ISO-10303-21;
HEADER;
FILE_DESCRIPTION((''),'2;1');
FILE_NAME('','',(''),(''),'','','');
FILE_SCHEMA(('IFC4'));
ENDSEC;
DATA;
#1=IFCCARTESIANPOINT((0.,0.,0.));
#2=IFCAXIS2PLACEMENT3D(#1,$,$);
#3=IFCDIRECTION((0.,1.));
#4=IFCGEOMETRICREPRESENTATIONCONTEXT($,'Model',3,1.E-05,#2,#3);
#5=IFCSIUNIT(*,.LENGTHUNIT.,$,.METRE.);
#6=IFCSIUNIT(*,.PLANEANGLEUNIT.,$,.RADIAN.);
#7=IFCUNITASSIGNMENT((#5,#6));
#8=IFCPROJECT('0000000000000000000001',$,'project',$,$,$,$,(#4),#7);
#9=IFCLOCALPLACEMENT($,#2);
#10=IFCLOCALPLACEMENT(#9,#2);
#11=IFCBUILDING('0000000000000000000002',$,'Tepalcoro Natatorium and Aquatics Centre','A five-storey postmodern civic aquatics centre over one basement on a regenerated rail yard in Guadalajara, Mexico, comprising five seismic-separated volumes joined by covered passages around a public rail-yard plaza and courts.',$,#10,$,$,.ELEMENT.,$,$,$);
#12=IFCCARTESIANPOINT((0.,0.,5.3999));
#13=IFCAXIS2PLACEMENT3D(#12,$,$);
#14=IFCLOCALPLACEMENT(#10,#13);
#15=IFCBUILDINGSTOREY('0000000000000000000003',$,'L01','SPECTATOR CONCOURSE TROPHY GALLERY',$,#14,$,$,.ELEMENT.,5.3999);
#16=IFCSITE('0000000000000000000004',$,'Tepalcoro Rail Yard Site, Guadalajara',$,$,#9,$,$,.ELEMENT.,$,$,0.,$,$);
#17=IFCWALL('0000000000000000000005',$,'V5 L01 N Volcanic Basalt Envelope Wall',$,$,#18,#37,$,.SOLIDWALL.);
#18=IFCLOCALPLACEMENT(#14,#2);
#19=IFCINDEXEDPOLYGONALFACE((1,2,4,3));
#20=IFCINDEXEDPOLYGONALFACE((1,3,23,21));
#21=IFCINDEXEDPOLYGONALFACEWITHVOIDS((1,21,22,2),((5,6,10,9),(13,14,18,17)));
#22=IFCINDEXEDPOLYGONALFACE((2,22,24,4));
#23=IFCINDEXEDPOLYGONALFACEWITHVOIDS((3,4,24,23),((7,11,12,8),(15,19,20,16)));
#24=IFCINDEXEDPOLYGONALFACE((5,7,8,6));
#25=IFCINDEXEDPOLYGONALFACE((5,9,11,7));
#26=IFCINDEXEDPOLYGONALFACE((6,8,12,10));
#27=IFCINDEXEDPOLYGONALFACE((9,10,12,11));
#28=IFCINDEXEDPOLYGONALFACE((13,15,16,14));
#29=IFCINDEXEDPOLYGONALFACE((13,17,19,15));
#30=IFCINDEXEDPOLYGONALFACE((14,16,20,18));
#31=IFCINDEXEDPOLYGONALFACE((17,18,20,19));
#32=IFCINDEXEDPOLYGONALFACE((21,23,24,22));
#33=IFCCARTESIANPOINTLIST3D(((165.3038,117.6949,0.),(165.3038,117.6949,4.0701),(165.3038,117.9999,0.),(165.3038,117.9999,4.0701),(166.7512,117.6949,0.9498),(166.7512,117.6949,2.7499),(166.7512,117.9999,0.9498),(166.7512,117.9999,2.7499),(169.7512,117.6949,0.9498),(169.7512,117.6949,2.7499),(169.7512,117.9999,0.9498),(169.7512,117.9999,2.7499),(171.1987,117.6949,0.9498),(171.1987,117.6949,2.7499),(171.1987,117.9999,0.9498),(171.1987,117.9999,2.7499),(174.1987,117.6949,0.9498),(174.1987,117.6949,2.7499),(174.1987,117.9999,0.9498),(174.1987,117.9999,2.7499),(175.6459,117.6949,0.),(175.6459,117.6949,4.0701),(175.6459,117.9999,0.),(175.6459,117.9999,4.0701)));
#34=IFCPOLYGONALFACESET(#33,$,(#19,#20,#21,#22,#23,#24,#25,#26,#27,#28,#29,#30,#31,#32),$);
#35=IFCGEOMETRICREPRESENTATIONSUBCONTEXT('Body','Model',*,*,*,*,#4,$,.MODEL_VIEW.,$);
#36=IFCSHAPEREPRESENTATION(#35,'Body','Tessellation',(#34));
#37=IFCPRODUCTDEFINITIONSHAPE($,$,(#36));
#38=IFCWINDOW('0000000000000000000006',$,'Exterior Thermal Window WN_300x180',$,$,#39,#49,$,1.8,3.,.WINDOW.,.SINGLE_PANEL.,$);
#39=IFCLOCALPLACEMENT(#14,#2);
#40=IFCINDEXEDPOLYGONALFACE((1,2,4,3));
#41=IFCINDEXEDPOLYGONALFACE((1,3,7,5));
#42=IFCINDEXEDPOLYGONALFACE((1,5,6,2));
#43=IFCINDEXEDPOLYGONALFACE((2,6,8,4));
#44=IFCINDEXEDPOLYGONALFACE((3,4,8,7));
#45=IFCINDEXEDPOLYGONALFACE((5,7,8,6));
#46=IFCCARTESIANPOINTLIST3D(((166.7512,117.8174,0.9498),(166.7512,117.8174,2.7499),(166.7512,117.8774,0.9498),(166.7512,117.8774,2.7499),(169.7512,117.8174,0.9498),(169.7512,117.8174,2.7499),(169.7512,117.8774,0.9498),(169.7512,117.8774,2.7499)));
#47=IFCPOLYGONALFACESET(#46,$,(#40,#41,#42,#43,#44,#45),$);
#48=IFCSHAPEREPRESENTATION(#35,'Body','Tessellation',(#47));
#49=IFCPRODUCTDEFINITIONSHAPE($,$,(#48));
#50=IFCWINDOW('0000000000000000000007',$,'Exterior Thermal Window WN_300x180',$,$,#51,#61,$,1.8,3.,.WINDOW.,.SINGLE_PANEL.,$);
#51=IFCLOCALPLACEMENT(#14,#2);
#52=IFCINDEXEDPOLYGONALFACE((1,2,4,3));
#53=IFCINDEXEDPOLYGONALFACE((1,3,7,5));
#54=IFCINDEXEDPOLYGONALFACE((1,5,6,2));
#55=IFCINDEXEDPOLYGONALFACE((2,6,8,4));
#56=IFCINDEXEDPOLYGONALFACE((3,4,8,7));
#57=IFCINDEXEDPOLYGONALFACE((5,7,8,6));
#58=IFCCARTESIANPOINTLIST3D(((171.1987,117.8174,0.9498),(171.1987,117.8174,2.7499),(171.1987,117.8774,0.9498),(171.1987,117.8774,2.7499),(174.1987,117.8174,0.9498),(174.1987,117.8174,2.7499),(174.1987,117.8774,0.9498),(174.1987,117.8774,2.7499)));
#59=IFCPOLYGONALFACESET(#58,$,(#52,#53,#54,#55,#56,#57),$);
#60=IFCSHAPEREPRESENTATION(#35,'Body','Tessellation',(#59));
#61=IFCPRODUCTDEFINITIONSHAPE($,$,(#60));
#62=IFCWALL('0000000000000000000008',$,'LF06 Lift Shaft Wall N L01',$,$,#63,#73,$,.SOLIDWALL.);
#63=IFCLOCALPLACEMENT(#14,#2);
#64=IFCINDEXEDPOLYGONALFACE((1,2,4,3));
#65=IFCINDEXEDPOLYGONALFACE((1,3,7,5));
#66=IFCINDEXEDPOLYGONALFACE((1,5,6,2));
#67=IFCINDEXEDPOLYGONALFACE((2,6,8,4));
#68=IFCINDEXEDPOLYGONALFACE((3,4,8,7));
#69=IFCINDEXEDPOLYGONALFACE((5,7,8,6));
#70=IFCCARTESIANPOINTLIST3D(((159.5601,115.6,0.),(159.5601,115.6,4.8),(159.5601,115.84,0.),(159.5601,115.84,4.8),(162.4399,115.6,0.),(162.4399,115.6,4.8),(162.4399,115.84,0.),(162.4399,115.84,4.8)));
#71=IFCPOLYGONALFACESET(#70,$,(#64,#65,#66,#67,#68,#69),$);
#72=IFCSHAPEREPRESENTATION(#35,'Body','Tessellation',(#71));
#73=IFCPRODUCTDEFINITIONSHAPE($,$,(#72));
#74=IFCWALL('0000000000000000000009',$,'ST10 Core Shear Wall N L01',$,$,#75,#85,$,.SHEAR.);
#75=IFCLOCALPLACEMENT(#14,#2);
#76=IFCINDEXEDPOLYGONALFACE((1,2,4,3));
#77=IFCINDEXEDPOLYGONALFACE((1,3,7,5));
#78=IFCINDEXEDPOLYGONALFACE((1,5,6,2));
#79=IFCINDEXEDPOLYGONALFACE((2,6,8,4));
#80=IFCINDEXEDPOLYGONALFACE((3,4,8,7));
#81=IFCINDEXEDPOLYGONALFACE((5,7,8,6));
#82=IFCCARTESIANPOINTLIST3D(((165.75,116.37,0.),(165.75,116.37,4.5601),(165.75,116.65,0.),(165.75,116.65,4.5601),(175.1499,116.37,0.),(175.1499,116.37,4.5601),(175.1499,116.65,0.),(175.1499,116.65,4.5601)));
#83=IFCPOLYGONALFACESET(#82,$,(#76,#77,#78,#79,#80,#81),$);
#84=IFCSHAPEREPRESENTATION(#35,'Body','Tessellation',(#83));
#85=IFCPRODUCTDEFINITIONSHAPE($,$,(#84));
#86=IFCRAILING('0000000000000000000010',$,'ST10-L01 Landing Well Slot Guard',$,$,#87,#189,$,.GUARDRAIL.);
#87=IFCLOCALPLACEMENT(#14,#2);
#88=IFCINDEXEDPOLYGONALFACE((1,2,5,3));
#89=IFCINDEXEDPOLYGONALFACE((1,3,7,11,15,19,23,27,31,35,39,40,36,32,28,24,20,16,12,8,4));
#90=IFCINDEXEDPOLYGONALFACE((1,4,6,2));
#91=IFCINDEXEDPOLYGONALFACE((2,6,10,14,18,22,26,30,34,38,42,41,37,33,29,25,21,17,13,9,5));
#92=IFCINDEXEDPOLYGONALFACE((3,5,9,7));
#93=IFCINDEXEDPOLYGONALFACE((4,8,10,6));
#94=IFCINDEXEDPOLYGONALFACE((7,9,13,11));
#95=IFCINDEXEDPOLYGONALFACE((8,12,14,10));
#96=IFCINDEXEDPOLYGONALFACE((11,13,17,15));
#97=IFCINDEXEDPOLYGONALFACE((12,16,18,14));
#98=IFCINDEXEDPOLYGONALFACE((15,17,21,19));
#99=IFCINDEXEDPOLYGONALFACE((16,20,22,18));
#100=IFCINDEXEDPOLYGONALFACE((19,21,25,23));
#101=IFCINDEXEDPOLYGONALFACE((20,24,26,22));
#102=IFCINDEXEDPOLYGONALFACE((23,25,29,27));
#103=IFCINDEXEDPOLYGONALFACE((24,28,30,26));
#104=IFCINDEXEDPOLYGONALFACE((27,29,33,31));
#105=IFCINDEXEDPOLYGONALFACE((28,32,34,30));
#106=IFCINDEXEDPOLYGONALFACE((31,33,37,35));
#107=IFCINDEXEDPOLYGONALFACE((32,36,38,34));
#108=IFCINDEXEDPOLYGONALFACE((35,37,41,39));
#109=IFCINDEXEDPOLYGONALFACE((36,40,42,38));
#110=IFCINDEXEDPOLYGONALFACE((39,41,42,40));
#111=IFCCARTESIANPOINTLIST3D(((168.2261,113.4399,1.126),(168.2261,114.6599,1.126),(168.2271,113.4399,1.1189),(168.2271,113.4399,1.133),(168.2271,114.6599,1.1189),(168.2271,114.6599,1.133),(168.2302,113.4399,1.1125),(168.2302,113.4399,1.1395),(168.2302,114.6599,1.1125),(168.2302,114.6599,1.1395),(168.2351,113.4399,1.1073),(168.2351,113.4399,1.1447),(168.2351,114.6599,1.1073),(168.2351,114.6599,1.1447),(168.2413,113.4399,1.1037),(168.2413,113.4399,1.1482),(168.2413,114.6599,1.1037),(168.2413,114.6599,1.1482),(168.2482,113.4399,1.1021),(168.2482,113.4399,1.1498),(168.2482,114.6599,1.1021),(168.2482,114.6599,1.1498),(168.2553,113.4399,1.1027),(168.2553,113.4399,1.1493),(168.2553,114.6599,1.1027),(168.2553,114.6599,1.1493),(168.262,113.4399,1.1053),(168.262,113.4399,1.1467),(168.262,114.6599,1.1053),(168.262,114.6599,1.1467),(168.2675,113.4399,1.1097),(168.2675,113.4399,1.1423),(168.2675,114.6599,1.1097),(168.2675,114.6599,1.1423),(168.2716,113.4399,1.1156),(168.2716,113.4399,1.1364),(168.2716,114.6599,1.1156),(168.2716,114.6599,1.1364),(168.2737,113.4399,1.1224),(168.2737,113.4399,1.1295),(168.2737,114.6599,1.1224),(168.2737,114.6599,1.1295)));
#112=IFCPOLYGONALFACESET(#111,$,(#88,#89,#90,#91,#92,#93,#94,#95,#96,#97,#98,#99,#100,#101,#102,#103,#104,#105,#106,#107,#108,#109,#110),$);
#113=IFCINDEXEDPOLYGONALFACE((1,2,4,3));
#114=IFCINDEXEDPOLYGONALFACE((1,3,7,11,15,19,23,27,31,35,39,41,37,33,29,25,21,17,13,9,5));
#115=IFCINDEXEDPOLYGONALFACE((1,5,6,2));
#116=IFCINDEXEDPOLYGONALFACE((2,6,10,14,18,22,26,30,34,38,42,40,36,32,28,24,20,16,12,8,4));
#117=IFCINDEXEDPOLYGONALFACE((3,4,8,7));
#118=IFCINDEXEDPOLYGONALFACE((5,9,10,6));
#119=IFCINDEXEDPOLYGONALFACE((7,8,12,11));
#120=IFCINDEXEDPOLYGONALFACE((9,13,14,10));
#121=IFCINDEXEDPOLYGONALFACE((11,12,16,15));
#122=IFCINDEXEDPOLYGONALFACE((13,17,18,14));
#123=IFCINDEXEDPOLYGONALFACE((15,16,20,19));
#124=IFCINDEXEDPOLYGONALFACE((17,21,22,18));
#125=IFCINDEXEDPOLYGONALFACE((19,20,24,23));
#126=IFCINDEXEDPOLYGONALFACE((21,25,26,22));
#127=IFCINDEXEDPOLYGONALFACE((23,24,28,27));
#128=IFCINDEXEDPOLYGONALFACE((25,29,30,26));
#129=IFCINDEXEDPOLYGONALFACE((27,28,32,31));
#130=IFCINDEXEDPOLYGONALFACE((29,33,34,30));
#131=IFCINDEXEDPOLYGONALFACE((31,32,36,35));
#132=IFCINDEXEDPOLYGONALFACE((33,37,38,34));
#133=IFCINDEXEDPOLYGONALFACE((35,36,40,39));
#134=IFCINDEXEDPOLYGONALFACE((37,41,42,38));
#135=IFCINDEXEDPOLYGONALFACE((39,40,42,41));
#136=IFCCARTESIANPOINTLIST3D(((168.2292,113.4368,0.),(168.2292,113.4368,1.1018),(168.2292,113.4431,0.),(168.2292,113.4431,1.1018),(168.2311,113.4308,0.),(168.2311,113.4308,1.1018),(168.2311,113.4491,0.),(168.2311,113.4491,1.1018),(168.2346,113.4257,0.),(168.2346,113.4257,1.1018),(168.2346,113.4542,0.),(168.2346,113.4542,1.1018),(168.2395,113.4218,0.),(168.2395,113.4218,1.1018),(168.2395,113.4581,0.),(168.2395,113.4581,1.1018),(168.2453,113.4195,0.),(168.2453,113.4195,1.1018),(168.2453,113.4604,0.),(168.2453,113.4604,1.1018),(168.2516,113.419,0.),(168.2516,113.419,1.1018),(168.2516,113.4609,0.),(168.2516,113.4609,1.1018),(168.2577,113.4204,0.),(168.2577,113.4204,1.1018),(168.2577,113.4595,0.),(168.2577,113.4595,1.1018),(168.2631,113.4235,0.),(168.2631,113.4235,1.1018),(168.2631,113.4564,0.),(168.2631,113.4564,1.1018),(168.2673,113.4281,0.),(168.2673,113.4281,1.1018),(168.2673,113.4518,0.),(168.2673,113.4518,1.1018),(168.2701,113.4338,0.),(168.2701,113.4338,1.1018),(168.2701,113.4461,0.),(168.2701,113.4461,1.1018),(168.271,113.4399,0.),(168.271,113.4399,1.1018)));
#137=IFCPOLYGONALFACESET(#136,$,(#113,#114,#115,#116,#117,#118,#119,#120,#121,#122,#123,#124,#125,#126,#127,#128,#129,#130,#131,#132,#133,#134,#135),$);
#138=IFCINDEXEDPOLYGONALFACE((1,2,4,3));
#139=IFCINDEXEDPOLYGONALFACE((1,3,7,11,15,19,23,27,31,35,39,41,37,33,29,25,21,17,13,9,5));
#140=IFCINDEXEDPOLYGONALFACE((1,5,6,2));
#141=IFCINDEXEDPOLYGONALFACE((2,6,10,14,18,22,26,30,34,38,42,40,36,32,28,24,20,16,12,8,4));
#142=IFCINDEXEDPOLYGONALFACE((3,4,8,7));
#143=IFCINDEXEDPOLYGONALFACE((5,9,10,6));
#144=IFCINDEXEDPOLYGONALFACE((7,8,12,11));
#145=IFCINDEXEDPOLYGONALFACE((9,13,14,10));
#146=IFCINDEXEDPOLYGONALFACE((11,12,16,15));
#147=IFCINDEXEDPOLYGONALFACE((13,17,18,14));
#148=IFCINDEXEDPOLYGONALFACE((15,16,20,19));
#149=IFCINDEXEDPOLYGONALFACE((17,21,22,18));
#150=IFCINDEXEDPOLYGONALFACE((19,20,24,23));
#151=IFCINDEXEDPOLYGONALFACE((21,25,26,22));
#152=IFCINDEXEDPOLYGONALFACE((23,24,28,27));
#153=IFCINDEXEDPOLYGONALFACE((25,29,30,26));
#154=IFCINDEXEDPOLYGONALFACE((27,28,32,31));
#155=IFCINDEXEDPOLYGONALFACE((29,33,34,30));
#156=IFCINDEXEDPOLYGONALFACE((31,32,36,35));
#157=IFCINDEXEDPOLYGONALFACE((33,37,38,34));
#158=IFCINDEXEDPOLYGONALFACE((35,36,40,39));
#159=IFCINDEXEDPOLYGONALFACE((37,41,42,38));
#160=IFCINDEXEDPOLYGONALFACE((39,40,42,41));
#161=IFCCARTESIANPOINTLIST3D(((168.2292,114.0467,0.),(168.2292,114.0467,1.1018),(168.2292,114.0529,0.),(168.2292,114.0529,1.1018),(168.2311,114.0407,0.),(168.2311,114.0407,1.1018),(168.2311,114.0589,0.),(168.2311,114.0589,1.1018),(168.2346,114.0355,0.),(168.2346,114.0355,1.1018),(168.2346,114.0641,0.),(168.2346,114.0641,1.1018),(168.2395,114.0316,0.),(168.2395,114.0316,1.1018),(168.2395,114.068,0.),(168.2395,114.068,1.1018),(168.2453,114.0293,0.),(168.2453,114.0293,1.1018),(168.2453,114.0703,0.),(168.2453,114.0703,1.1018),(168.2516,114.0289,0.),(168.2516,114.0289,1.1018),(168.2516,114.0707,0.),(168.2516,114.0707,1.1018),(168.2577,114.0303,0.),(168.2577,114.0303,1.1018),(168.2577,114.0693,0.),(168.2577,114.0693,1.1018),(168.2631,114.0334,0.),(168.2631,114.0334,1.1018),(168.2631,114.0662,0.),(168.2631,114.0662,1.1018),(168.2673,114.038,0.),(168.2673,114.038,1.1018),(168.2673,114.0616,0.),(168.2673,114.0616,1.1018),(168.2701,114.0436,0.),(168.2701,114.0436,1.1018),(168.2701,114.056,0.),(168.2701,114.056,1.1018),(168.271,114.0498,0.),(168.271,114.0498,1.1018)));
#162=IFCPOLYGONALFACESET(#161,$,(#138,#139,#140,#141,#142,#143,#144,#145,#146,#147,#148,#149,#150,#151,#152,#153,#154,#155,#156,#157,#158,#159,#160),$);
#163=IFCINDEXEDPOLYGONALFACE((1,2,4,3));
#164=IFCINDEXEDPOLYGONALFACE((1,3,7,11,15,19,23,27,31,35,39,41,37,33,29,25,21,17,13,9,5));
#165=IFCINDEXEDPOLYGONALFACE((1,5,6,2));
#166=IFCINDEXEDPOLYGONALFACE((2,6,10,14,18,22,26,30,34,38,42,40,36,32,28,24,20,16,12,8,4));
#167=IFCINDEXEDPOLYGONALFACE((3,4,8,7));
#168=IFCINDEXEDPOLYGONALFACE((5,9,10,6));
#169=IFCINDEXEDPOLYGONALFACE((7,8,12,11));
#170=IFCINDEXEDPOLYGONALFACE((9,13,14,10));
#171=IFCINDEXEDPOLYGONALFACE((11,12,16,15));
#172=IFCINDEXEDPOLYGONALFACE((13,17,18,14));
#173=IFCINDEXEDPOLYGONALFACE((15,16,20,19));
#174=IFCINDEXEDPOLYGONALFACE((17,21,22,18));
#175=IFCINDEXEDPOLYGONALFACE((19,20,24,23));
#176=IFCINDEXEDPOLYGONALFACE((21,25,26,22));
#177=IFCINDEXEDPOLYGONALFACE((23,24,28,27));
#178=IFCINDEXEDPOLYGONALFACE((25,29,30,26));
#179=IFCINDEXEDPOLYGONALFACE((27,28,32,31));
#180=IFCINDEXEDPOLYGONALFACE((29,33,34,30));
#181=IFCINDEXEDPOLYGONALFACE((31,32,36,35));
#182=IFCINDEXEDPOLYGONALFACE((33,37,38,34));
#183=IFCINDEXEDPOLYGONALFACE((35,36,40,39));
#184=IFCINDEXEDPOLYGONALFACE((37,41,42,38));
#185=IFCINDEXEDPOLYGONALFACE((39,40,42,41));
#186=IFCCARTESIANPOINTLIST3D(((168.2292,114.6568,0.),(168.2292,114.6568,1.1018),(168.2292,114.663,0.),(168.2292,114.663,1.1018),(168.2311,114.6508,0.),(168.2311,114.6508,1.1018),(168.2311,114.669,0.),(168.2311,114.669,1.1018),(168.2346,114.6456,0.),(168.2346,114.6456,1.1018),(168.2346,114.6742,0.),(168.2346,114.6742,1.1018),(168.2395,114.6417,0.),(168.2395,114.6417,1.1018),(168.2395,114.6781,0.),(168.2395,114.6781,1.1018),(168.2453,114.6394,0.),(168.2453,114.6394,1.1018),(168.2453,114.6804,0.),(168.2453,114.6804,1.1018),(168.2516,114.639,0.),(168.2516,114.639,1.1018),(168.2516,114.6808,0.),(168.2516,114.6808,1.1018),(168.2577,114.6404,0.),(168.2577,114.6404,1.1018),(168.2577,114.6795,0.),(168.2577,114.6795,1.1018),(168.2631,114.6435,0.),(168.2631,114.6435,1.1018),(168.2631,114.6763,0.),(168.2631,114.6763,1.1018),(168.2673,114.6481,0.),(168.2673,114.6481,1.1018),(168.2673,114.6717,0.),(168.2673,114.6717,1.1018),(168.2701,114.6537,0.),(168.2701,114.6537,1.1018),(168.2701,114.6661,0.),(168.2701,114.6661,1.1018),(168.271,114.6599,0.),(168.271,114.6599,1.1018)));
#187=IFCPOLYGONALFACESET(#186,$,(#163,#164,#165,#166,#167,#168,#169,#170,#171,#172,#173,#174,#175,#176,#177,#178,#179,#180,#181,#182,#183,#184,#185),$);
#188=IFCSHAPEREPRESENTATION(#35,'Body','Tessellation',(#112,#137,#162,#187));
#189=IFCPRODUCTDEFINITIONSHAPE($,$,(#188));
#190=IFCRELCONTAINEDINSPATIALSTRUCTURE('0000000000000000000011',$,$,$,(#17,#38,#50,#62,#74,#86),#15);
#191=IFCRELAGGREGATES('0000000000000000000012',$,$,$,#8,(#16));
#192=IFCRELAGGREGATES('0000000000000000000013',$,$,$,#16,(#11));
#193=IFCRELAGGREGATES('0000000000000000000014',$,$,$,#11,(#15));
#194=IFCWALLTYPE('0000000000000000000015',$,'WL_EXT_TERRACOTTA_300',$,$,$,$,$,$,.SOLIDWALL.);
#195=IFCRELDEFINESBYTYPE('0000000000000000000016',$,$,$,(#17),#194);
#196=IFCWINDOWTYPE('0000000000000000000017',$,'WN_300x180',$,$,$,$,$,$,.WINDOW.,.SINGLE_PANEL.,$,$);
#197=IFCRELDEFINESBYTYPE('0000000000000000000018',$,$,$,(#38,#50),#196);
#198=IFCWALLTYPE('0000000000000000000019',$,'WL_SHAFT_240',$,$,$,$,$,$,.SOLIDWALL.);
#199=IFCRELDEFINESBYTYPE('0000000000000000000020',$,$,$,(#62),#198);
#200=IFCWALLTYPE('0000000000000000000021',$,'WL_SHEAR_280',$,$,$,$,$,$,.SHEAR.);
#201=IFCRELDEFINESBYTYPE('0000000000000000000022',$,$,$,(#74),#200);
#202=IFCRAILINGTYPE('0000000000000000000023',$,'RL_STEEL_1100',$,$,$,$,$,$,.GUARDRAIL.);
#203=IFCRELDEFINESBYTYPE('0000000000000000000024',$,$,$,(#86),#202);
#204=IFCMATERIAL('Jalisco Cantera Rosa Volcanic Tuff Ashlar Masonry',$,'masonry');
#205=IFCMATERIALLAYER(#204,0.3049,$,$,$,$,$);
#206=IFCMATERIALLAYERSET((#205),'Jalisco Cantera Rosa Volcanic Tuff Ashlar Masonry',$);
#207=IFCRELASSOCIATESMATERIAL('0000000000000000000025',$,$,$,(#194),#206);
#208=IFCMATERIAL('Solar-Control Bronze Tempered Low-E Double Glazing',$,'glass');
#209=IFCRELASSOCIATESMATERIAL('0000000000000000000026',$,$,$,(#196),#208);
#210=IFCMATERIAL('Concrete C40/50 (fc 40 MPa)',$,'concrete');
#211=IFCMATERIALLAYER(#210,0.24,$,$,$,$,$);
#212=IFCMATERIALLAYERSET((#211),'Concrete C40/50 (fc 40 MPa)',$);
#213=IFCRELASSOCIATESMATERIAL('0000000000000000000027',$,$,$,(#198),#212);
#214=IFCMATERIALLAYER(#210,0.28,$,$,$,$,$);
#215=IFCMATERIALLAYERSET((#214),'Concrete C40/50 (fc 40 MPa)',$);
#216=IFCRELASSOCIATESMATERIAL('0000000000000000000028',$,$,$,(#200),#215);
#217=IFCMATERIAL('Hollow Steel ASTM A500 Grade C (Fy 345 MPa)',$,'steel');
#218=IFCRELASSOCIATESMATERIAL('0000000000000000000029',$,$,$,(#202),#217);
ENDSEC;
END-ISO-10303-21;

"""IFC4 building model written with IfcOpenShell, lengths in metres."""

from ifc_helpers import new_model, si_unit, direction, frame, frame_2d, origin, origin_2d, place, context, subcontext, project, spatial, rectangle, circle, extrude, material, layer, layer_set, type_object, element, fill, save


model = new_model("IFC4")

# Units and contexts
model_context = context("Model", 3, precision=1e-05, world=origin(), true_north=direction((0.0, 1.0)))
body_context = subcontext(model_context, "Body", "Model", "MODEL_VIEW")
ifc_project = project(units=[si_unit("LENGTHUNIT", "METRE"), si_unit("PLANEANGLEUNIT", "RADIAN")], contexts=[model_context])

# Site, building, storey
site_placement = place(None, origin())
site = spatial("IfcSite", under=ifc_project, at=site_placement, Name="Tepalcoro Rail Yard Site, Guadalajara", CompositionType="ELEMENT", RefElevation=0.0)
building_placement = place(site_placement, origin())
building = spatial("IfcBuilding", under=site, at=building_placement, Name="Tepalcoro Natatorium and Aquatics Centre", Description="A five-storey postmodern civic aquatics centre over one basement on a regenerated rail yard in Guadalajara, Mexico, comprising five seismic-separated volumes joined by covered passages around a public rail-yard plaza and courts.", CompositionType="ELEMENT")
storey_placement = place(building_placement, frame((0.0, 0.0, 5.3999)))
storey = spatial("IfcBuildingStorey", under=building, at=storey_placement, Name="L01", Description="SPECTATOR CONCOURSE TROPHY GALLERY", CompositionType="ELEMENT", Elevation=5.3999)

# Shared definitions
ifc_material_1 = material(Name="Concrete C40/50 (fc 40 MPa)", Category="concrete")

# Shared definitions
ifc_material_2 = material(Name="Solar-Control Bronze Tempered Low-E Double Glazing", Category="glass")

# Wall, openings, windows
ifc_material_3 = material(Name="Jalisco Cantera Rosa Volcanic Tuff Ashlar Masonry", Category="masonry")
ifc_layer_1 = layer(ifc_material_3, 0.3049)
ifc_layer_set_1 = layer_set([ifc_layer_1], Name="Jalisco Cantera Rosa Volcanic Tuff Ashlar Masonry")
wall_type_1 = type_object("IfcWallType", Name="WL_EXT_TERRACOTTA_300", PredefinedType="SOLIDWALL", material=ifc_layer_set_1)
wall_1_placement = place(storey_placement, frame((165.304, 117.8474, 0.0), z_axis=(0.0, 0.0, 1.0), x_axis=(1.0, 0.0, 0.0)))
wall_1 = element("IfcWall", 1, at=wall_1_placement, inside=storey, type_object=wall_type_1, Name="V5 L01 N Volcanic Basalt Envelope Wall", PredefinedType="SOLIDWALL", context=body_context, shape_type="SweptSolid", body=[
    extrude(rectangle(XDim=10.342, YDim=0.3049, at=frame_2d((5.1709, 0.0))), origin(), (0.0, 0.0, 1.0), 4.0701),
])
opening_1_placement = place(wall_1_placement, frame((1.4473, 0.0, 0.95)))
opening_1 = element("IfcOpeningElement", 2, at=opening_1_placement, cuts=wall_1, PredefinedType="OPENING", context=body_context, shape_type="SweptSolid", body=[
    extrude(rectangle(XDim=3.0, YDim=1.8, at=frame_2d((1.5, 0.8999))), frame((0.0, 0.1646, 0.0), z_axis=(0.0, -1.0, 0.0), x_axis=(1.0, 0.0, 0.0)), (0.0, 0.0, 1.0), 0.3289),
])
opening_2_placement = place(wall_1_placement, frame((5.8948, 0.0, 0.95)))
opening_2 = element("IfcOpeningElement", 3, at=opening_2_placement, cuts=wall_1, PredefinedType="OPENING", context=body_context, shape_type="SweptSolid", body=[
    extrude(rectangle(XDim=3.0, YDim=1.8, at=frame_2d((1.5, 0.8999))), frame((0.0, 0.1646, 0.0), z_axis=(0.0, -1.0, 0.0), x_axis=(1.0, 0.0, 0.0)), (0.0, 0.0, 1.0), 0.3289),
])
window_type = type_object("IfcWindowType", Name="WN_300x180", PartitioningType="SINGLE_PANEL", PredefinedType="WINDOW", material=ifc_material_2)
window_1_placement = place(opening_1_placement, origin())
window_1 = element("IfcWindow", 4, at=window_1_placement, inside=storey, type_object=window_type, Name="Exterior Thermal Window WN_300x180", OverallHeight=1.8, OverallWidth=3.0, PartitioningType="SINGLE_PANEL", PredefinedType="WINDOW", context=body_context, shape_type="SweptSolid", body=[
    extrude(rectangle(XDim=3.0, YDim=1.8, at=frame_2d((1.5, 0.8999))), frame((0.0, 0.03, 0.0), z_axis=(0.0, -1.0, 0.0), x_axis=(1.0, 0.0, 0.0)), (0.0, 0.0, 1.0), 0.0601),
])
fill(opening_1, window_1)
window_2_placement = place(opening_2_placement, origin())
window_2 = element("IfcWindow", 5, at=window_2_placement, inside=storey, type_object=window_type, Name="Exterior Thermal Window WN_300x180", OverallHeight=1.8, OverallWidth=3.0, PartitioningType="SINGLE_PANEL", PredefinedType="WINDOW", context=body_context, shape_type="SweptSolid", body=[
    extrude(rectangle(XDim=3.0, YDim=1.8, at=frame_2d((1.5, 0.8999))), frame((0.0, 0.03, 0.0), z_axis=(0.0, -1.0, 0.0), x_axis=(1.0, 0.0, 0.0)), (0.0, 0.0, 1.0), 0.0601),
])
fill(opening_2, window_2)

# Walls
ifc_layer_2 = layer(ifc_material_1, 0.24)
ifc_layer_set_2 = layer_set([ifc_layer_2], Name="Concrete C40/50 (fc 40 MPa)")
wall_type_2 = type_object("IfcWallType", Name="WL_SHAFT_240", PredefinedType="SOLIDWALL", material=ifc_layer_set_2)
wall_2_placement = place(storey_placement, frame((159.5601, 115.72, 0.0), z_axis=(0.0, 0.0, 1.0), x_axis=(1.0, 0.0, 0.0)))
element("IfcWall", 6, at=wall_2_placement, inside=storey, type_object=wall_type_2, Name="LF06 Lift Shaft Wall N L01", PredefinedType="SOLIDWALL", context=body_context, shape_type="SweptSolid", body=[
    extrude(rectangle(XDim=2.8799, YDim=0.24, at=frame_2d((1.4399, 0.0))), origin(), (0.0, 0.0, 1.0), 4.8),
])
ifc_layer_3 = layer(ifc_material_1, 0.28)
ifc_layer_set_3 = layer_set([ifc_layer_3], Name="Concrete C40/50 (fc 40 MPa)")
wall_type_3 = type_object("IfcWallType", Name="WL_SHEAR_280", PredefinedType="SHEAR", material=ifc_layer_set_3)
wall_3_placement = place(storey_placement, frame((165.75, 116.51, 0.0), z_axis=(0.0, 0.0, 1.0), x_axis=(1.0, 0.0, 0.0)))
element("IfcWall", 7, at=wall_3_placement, inside=storey, type_object=wall_type_3, Name="ST10 Core Shear Wall N L01", PredefinedType="SHEAR", context=body_context, shape_type="SweptSolid", body=[
    extrude(rectangle(XDim=9.3999, YDim=0.28, at=frame_2d((4.7, 0.0))), origin(), (0.0, 0.0, 1.0), 4.5601),
])

# Railing
ifc_material_4 = material(Name="Hollow Steel ASTM A500 Grade C (Fy 345 MPa)", Category="steel")
railing_type = type_object("IfcRailingType", Name="RL_STEEL_1100", PredefinedType="GUARDRAIL", material=ifc_material_4)
railing_1_placement = place(storey_placement, frame((168.25, 113.4399, 0.0)))
element("IfcRailing", 8, at=railing_1_placement, inside=storey, type_object=railing_type, Name="ST10-L01 Landing Well Slot Guard", PredefinedType="GUARDRAIL", context=body_context, shape_type="SweptSolid", body=[
    extrude(circle(Radius=0.0239, at=origin_2d()), frame((0.0, 0.0, 1.126), z_axis=(0.0, 1.0, 0.0), x_axis=(-1.0, 0.0, 0.0)), (0.0, 0.0, 1.0), 1.22),
    extrude(circle(Radius=0.021, at=origin_2d()), origin(), (0.0, 0.0, 1.0), 1.1018),
    extrude(circle(Radius=0.021, at=origin_2d()), frame((0.0, 0.6099, 0.0)), (0.0, 0.0, 1.0), 1.1018),
    extrude(circle(Radius=0.021, at=origin_2d()), frame((0.0, 1.22, 0.0)), (0.0, 0.0, 1.0), 1.1018),
])

save(model, "model.ifc")
